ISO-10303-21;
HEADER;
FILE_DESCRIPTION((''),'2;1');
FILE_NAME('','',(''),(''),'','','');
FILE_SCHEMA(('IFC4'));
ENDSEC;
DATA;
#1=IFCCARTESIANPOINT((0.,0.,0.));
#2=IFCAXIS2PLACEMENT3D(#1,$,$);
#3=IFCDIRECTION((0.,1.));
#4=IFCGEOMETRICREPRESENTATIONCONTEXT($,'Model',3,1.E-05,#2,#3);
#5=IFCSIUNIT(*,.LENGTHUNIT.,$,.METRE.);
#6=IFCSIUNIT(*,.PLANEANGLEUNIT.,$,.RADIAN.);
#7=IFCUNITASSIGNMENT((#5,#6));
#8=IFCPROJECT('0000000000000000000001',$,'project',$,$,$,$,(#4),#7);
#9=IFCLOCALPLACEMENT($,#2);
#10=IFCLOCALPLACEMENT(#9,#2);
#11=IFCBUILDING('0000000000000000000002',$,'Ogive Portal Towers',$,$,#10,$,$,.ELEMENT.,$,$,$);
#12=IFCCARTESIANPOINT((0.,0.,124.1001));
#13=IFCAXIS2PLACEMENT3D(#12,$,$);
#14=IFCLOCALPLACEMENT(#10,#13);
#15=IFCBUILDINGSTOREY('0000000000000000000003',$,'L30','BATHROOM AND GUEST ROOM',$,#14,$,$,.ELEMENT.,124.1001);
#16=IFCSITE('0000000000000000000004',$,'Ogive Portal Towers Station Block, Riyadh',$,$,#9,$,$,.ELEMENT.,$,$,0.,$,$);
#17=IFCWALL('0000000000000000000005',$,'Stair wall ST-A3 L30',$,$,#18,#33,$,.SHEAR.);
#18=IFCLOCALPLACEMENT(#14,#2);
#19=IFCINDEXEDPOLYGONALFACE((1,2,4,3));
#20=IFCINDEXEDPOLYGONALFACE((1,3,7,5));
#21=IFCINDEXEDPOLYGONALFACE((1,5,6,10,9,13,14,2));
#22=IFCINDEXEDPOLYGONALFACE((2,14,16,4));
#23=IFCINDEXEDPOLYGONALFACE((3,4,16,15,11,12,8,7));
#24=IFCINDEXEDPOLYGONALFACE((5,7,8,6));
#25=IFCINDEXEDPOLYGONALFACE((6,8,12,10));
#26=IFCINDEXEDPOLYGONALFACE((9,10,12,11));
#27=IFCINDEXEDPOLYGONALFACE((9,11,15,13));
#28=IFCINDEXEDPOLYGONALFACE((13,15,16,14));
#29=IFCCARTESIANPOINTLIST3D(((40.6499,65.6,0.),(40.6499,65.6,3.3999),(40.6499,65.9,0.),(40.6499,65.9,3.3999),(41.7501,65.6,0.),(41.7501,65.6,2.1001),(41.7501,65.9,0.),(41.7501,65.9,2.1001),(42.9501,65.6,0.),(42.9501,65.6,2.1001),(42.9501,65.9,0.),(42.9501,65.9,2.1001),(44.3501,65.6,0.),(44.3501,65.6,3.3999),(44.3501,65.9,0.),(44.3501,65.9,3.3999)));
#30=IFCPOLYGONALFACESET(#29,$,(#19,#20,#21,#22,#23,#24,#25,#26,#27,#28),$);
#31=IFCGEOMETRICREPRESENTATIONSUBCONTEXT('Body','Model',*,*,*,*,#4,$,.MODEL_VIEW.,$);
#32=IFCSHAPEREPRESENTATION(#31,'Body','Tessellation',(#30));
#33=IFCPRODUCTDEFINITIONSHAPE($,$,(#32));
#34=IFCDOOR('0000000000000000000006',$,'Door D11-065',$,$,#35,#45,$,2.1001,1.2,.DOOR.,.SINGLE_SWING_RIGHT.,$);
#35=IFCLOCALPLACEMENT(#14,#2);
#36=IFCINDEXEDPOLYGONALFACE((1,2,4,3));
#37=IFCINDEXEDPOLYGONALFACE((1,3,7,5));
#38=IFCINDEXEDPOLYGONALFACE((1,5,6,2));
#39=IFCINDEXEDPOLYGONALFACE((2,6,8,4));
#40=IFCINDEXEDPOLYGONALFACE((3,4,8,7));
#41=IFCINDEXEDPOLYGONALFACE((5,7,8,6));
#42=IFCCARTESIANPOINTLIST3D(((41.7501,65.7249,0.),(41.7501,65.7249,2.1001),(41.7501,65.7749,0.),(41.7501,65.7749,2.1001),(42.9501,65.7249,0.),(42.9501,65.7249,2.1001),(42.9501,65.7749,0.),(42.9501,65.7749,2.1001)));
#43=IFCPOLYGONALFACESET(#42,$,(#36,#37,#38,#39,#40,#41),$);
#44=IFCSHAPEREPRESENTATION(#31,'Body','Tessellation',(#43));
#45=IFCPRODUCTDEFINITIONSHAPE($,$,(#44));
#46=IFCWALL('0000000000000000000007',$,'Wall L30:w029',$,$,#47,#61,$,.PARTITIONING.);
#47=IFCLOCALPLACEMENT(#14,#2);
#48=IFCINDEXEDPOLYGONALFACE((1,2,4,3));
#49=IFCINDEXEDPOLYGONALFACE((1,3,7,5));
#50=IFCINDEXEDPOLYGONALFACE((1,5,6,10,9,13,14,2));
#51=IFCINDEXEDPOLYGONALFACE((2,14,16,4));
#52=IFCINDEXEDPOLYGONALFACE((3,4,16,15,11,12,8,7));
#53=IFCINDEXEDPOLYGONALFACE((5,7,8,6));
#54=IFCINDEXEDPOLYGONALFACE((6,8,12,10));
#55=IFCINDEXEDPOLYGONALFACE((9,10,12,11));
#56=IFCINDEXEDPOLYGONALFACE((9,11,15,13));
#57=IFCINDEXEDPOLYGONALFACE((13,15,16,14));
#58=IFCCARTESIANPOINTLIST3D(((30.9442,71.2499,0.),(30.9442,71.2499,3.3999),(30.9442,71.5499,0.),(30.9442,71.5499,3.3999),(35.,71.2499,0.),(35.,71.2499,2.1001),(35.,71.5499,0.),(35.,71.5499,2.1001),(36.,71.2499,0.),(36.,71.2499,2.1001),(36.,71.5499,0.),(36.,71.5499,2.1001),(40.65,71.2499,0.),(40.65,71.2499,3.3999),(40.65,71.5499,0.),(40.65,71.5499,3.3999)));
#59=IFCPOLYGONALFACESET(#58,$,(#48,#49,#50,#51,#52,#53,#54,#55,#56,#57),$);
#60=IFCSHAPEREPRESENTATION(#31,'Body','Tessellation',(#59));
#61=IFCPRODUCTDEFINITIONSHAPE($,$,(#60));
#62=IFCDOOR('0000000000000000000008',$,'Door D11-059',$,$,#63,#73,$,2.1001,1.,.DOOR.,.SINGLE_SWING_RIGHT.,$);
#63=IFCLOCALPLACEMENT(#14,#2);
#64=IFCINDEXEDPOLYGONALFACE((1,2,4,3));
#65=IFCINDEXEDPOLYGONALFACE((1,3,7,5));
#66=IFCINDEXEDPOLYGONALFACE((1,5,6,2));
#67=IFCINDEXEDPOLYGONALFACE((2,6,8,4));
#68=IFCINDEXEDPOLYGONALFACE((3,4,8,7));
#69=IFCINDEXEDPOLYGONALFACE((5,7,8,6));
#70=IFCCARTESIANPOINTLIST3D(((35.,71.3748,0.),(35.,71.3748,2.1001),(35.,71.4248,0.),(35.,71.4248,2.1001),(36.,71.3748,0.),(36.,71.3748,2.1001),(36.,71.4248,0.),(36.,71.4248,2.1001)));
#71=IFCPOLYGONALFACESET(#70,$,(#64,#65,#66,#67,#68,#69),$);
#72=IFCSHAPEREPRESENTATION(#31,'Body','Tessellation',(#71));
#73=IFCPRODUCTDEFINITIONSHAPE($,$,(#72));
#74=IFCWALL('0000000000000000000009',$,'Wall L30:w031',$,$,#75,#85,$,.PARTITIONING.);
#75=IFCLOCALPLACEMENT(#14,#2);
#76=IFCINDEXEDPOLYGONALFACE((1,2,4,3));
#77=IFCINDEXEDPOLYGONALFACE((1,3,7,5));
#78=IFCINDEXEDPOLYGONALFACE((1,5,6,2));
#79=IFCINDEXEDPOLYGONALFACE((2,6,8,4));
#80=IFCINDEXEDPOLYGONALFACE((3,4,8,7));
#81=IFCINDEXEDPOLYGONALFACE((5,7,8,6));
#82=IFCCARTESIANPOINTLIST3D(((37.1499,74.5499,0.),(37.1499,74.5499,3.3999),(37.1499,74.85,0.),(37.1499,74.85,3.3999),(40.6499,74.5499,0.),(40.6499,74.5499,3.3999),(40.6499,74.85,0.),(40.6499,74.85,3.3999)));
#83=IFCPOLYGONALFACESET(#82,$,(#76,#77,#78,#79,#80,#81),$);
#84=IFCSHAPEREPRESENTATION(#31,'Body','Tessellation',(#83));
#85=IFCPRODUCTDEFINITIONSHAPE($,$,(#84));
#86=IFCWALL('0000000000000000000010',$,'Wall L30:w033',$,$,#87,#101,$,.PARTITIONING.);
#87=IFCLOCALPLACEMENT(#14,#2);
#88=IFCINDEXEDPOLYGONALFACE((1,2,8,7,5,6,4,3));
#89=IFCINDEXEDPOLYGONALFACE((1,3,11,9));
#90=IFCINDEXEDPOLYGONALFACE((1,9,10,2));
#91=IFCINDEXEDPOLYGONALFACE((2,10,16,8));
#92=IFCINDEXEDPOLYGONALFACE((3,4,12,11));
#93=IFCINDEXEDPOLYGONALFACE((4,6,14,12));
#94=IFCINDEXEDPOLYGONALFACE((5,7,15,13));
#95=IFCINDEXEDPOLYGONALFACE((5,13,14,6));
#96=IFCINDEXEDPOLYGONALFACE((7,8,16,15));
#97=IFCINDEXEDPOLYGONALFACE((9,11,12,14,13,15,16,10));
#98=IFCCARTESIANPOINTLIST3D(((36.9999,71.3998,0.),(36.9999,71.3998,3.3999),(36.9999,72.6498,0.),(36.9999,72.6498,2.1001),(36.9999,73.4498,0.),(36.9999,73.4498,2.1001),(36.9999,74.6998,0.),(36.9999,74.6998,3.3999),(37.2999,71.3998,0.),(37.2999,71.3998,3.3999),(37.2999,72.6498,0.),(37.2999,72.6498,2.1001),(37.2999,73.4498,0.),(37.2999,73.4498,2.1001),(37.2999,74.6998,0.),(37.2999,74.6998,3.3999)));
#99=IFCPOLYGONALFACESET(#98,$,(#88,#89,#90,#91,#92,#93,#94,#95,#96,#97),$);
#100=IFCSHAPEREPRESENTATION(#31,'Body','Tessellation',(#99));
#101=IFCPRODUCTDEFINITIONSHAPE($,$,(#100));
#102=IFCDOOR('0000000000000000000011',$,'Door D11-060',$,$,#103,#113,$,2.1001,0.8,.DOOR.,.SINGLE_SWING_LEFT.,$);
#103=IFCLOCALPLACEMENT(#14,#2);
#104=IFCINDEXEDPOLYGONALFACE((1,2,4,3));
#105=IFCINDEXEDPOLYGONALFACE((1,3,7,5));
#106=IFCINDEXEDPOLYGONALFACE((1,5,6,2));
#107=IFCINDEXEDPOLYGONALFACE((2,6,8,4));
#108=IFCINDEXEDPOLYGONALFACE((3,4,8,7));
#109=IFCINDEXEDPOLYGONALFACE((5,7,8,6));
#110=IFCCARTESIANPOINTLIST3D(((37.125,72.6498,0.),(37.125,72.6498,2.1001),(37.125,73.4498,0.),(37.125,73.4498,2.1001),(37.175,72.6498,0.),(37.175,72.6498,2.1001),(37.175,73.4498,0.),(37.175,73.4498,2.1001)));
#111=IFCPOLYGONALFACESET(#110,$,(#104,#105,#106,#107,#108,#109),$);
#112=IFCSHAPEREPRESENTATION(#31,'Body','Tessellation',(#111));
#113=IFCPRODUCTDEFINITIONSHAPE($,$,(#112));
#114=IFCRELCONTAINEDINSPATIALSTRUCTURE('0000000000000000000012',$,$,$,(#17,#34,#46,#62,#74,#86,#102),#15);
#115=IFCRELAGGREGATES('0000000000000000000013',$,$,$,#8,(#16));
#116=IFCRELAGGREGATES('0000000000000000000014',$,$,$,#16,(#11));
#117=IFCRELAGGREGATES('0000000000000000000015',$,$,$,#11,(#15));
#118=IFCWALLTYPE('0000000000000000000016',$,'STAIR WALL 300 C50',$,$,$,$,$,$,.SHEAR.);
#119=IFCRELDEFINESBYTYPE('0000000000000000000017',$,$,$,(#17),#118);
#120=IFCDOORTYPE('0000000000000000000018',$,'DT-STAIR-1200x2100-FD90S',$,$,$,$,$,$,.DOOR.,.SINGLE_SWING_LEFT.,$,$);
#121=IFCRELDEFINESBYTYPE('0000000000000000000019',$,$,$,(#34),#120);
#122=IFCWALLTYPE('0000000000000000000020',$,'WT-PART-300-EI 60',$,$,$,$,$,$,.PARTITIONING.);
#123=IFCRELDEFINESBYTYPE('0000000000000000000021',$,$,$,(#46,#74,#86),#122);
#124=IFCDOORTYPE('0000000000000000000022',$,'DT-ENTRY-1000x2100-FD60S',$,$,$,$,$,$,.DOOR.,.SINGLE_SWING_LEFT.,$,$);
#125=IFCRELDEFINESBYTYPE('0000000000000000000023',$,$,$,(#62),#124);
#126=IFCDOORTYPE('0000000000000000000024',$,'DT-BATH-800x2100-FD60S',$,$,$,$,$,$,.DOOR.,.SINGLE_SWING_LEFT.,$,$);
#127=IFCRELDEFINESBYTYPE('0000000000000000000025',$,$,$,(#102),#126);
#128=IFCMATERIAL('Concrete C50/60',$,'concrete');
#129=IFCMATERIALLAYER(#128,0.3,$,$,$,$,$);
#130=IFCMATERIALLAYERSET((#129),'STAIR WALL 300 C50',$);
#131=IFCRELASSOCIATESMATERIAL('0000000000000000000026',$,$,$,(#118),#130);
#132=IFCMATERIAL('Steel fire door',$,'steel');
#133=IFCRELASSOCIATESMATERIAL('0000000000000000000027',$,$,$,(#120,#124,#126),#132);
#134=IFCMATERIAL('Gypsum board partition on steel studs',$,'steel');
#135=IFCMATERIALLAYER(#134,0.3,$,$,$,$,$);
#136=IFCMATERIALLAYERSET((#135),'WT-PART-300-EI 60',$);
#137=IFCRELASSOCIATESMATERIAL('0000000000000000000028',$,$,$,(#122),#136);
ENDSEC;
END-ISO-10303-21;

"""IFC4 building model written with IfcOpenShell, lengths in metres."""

from ifc_helpers import new_model, si_unit, direction, frame, frame_2d, origin, place, context, subcontext, project, spatial, rectangle, extrude, material, layer, layer_set, type_object, element, fill, save


model = new_model("IFC4")

# Units and contexts
model_context = context("Model", 3, precision=1e-05, world=origin(), true_north=direction((0.0, 1.0)))
body_context = subcontext(model_context, "Body", "Model", "MODEL_VIEW")
ifc_project = project(units=[si_unit("LENGTHUNIT", "METRE"), si_unit("PLANEANGLEUNIT", "RADIAN")], contexts=[model_context])

# Site, building, storey
site_placement = place(None, origin())
site = spatial("IfcSite", under=ifc_project, at=site_placement, Name="Ogive Portal Towers Station Block, Riyadh", CompositionType="ELEMENT", RefElevation=0.0)
building_placement = place(site_placement, origin())
building = spatial("IfcBuilding", under=site, at=building_placement, Name="Ogive Portal Towers", CompositionType="ELEMENT")
storey_placement = place(building_placement, frame((0.0, 0.0, 124.1001)))
storey = spatial("IfcBuildingStorey", under=building, at=storey_placement, Name="L30", Description="BATHROOM AND GUEST ROOM", CompositionType="ELEMENT", Elevation=124.1001)

# Walls, openings, doors
ifc_material_1 = material(Name="Concrete C50/60", Category="concrete")
ifc_layer_1 = layer(ifc_material_1, 0.3)
ifc_layer_set_1 = layer_set([ifc_layer_1], Name="STAIR WALL 300 C50")
wall_type_1 = type_object("IfcWallType", Name="STAIR WALL 300 C50", PredefinedType="SHEAR", material=ifc_layer_set_1)
wall_1_placement = place(storey_placement, frame((40.6499, 65.75, 0.0), z_axis=(0.0, 0.0, 1.0), x_axis=(1.0, 0.0, 0.0)))
wall_1 = element("IfcWall", 1, at=wall_1_placement, inside=storey, type_object=wall_type_1, Name="Stair wall ST-A3 L30", PredefinedType="SHEAR", context=body_context, shape_type="SweptSolid", body=[
    extrude(rectangle(XDim=3.7002, YDim=0.3, at=frame_2d((1.8501, 0.0))), origin(), (0.0, 0.0, 1.0), 3.3999),
])
opening_1_placement = place(wall_1_placement, frame((1.1001, 0.0, 0.0)))
opening_1 = element("IfcOpeningElement", 2, at=opening_1_placement, cuts=wall_1, PredefinedType="OPENING", context=body_context, shape_type="SweptSolid", body=[
    extrude(rectangle(XDim=1.2, YDim=2.1001, at=frame_2d((0.6001, 1.05))), frame((0.0, 0.1602, 0.0), z_axis=(0.0, -1.0, 0.0), x_axis=(1.0, 0.0, 0.0)), (0.0, 0.0, 1.0), 0.3201),
])
ifc_material_2 = material(Name="Steel fire door", Category="steel")
door_type_1 = type_object("IfcDoorType", Name="DT-STAIR-1200x2100-FD90S", OperationType="SINGLE_SWING_LEFT", PredefinedType="DOOR", material=ifc_material_2)
door_1_placement = place(opening_1_placement, origin())
door_1 = element("IfcDoor", 3, at=door_1_placement, inside=storey, type_object=door_type_1, Name="Door D11-065", OperationType="SINGLE_SWING_RIGHT", OverallHeight=2.1001, OverallWidth=1.2, PredefinedType="DOOR", context=body_context, shape_type="SweptSolid", body=[
    extrude(rectangle(XDim=1.2, YDim=2.1001, at=frame_2d((0.6001, 1.05))), frame((0.0, 0.0249, 0.0), z_axis=(0.0, -1.0, 0.0), x_axis=(1.0, 0.0, 0.0)), (0.0, 0.0, 1.0), 0.05),
])
fill(opening_1, door_1)
ifc_material_3 = material(Name="Gypsum board partition on steel studs", Category="steel")
ifc_layer_2 = layer(ifc_material_3, 0.3)
ifc_layer_set_2 = layer_set([ifc_layer_2], Name="WT-PART-300-EI 60")
wall_type_2 = type_object("IfcWallType", Name="WT-PART-300-EI 60", PredefinedType="PARTITIONING", material=ifc_layer_set_2)
wall_2_placement = place(storey_placement, frame((30.9441, 71.3999, 0.0), z_axis=(0.0, 0.0, 1.0), x_axis=(1.0, 0.0, 0.0)))
wall_2 = element("IfcWall", 4, at=wall_2_placement, inside=storey, type_object=wall_type_2, Name="Wall L30:w029", PredefinedType="PARTITIONING", context=body_context, shape_type="SweptSolid", body=[
    extrude(rectangle(XDim=9.7058, YDim=0.3, at=frame_2d((4.853, 0.0))), origin(), (0.0, 0.0, 1.0), 3.3999),
])
opening_2_placement = place(wall_2_placement, frame((4.0559, 0.0, 0.0)))
opening_2 = element("IfcOpeningElement", 5, at=opening_2_placement, cuts=wall_2, PredefinedType="OPENING", context=body_context, shape_type="SweptSolid", body=[
    extrude(rectangle(XDim=1.0, YDim=2.1001, at=frame_2d((0.5, 1.05))), frame((0.0, 0.1602, 0.0), z_axis=(0.0, -1.0, 0.0), x_axis=(1.0, 0.0, 0.0)), (0.0, 0.0, 1.0), 0.3201),
])
door_type_2 = type_object("IfcDoorType", Name="DT-ENTRY-1000x2100-FD60S", OperationType="SINGLE_SWING_LEFT", PredefinedType="DOOR", material=ifc_material_2)
door_2_placement = place(opening_2_placement, origin())
door_2 = element("IfcDoor", 6, at=door_2_placement, inside=storey, type_object=door_type_2, Name="Door D11-059", OperationType="SINGLE_SWING_RIGHT", OverallHeight=2.1001, OverallWidth=1.0, PredefinedType="DOOR", context=body_context, shape_type="SweptSolid", body=[
    extrude(rectangle(XDim=1.0, YDim=2.1001, at=frame_2d((0.5, 1.05))), frame((0.0, 0.0249, 0.0), z_axis=(0.0, -1.0, 0.0), x_axis=(1.0, 0.0, 0.0)), (0.0, 0.0, 1.0), 0.05),
])
fill(opening_2, door_2)

# Wall
wall_3_placement = place(storey_placement, frame((37.1499, 74.7, 0.0), z_axis=(0.0, 0.0, 1.0), x_axis=(1.0, 0.0, 0.0)))
element("IfcWall", 7, at=wall_3_placement, inside=storey, type_object=wall_type_2, Name="Wall L30:w031", PredefinedType="PARTITIONING", context=body_context, shape_type="SweptSolid", body=[
    extrude(rectangle(XDim=3.5, YDim=0.3, at=frame_2d((1.75, 0.0))), origin(), (0.0, 0.0, 1.0), 3.3999),
])

# Wall, opening, door
wall_4_placement = place(storey_placement, frame((37.1499, 71.3999, 0.0), z_axis=(0.0, 0.0, 1.0), x_axis=(0.0, 1.0, 0.0)))
wall_4 = element("IfcWall", 8, at=wall_4_placement, inside=storey, type_object=wall_type_2, Name="Wall L30:w033", PredefinedType="PARTITIONING", context=body_context, shape_type="SweptSolid", body=[
    extrude(rectangle(XDim=3.3, YDim=0.3, at=frame_2d((1.6499, 0.0))), origin(), (0.0, 0.0, 1.0), 3.3999),
])
opening_3_placement = place(wall_4_placement, frame((1.25, 0.0, 0.0)))
opening_3 = element("IfcOpeningElement", 9, at=opening_3_placement, cuts=wall_4, PredefinedType="OPENING", context=body_context, shape_type="SweptSolid", body=[
    extrude(rectangle(XDim=0.8, YDim=2.1001, at=frame_2d((0.3999, 1.05))), frame((0.0, 0.1602, 0.0), z_axis=(0.0, -1.0, 0.0), x_axis=(1.0, 0.0, 0.0)), (0.0, 0.0, 1.0), 0.3201),
])
door_type_3 = type_object("IfcDoorType", Name="DT-BATH-800x2100-FD60S", OperationType="SINGLE_SWING_LEFT", PredefinedType="DOOR", material=ifc_material_2)
door_3_placement = place(opening_3_placement, origin())
door_3 = element("IfcDoor", 10, at=door_3_placement, inside=storey, type_object=door_type_3, Name="Door D11-060", OperationType="SINGLE_SWING_LEFT", OverallHeight=2.1001, OverallWidth=0.8, PredefinedType="DOOR", context=body_context, shape_type="SweptSolid", body=[
    extrude(rectangle(XDim=0.8, YDim=2.1001, at=frame_2d((0.3999, 1.05))), frame((0.0, 0.0249, 0.0), z_axis=(0.0, -1.0, 0.0), x_axis=(1.0, 0.0, 0.0)), (0.0, 0.0, 1.0), 0.05),
])
fill(opening_3, door_3)

save(model, "model.ifc")
